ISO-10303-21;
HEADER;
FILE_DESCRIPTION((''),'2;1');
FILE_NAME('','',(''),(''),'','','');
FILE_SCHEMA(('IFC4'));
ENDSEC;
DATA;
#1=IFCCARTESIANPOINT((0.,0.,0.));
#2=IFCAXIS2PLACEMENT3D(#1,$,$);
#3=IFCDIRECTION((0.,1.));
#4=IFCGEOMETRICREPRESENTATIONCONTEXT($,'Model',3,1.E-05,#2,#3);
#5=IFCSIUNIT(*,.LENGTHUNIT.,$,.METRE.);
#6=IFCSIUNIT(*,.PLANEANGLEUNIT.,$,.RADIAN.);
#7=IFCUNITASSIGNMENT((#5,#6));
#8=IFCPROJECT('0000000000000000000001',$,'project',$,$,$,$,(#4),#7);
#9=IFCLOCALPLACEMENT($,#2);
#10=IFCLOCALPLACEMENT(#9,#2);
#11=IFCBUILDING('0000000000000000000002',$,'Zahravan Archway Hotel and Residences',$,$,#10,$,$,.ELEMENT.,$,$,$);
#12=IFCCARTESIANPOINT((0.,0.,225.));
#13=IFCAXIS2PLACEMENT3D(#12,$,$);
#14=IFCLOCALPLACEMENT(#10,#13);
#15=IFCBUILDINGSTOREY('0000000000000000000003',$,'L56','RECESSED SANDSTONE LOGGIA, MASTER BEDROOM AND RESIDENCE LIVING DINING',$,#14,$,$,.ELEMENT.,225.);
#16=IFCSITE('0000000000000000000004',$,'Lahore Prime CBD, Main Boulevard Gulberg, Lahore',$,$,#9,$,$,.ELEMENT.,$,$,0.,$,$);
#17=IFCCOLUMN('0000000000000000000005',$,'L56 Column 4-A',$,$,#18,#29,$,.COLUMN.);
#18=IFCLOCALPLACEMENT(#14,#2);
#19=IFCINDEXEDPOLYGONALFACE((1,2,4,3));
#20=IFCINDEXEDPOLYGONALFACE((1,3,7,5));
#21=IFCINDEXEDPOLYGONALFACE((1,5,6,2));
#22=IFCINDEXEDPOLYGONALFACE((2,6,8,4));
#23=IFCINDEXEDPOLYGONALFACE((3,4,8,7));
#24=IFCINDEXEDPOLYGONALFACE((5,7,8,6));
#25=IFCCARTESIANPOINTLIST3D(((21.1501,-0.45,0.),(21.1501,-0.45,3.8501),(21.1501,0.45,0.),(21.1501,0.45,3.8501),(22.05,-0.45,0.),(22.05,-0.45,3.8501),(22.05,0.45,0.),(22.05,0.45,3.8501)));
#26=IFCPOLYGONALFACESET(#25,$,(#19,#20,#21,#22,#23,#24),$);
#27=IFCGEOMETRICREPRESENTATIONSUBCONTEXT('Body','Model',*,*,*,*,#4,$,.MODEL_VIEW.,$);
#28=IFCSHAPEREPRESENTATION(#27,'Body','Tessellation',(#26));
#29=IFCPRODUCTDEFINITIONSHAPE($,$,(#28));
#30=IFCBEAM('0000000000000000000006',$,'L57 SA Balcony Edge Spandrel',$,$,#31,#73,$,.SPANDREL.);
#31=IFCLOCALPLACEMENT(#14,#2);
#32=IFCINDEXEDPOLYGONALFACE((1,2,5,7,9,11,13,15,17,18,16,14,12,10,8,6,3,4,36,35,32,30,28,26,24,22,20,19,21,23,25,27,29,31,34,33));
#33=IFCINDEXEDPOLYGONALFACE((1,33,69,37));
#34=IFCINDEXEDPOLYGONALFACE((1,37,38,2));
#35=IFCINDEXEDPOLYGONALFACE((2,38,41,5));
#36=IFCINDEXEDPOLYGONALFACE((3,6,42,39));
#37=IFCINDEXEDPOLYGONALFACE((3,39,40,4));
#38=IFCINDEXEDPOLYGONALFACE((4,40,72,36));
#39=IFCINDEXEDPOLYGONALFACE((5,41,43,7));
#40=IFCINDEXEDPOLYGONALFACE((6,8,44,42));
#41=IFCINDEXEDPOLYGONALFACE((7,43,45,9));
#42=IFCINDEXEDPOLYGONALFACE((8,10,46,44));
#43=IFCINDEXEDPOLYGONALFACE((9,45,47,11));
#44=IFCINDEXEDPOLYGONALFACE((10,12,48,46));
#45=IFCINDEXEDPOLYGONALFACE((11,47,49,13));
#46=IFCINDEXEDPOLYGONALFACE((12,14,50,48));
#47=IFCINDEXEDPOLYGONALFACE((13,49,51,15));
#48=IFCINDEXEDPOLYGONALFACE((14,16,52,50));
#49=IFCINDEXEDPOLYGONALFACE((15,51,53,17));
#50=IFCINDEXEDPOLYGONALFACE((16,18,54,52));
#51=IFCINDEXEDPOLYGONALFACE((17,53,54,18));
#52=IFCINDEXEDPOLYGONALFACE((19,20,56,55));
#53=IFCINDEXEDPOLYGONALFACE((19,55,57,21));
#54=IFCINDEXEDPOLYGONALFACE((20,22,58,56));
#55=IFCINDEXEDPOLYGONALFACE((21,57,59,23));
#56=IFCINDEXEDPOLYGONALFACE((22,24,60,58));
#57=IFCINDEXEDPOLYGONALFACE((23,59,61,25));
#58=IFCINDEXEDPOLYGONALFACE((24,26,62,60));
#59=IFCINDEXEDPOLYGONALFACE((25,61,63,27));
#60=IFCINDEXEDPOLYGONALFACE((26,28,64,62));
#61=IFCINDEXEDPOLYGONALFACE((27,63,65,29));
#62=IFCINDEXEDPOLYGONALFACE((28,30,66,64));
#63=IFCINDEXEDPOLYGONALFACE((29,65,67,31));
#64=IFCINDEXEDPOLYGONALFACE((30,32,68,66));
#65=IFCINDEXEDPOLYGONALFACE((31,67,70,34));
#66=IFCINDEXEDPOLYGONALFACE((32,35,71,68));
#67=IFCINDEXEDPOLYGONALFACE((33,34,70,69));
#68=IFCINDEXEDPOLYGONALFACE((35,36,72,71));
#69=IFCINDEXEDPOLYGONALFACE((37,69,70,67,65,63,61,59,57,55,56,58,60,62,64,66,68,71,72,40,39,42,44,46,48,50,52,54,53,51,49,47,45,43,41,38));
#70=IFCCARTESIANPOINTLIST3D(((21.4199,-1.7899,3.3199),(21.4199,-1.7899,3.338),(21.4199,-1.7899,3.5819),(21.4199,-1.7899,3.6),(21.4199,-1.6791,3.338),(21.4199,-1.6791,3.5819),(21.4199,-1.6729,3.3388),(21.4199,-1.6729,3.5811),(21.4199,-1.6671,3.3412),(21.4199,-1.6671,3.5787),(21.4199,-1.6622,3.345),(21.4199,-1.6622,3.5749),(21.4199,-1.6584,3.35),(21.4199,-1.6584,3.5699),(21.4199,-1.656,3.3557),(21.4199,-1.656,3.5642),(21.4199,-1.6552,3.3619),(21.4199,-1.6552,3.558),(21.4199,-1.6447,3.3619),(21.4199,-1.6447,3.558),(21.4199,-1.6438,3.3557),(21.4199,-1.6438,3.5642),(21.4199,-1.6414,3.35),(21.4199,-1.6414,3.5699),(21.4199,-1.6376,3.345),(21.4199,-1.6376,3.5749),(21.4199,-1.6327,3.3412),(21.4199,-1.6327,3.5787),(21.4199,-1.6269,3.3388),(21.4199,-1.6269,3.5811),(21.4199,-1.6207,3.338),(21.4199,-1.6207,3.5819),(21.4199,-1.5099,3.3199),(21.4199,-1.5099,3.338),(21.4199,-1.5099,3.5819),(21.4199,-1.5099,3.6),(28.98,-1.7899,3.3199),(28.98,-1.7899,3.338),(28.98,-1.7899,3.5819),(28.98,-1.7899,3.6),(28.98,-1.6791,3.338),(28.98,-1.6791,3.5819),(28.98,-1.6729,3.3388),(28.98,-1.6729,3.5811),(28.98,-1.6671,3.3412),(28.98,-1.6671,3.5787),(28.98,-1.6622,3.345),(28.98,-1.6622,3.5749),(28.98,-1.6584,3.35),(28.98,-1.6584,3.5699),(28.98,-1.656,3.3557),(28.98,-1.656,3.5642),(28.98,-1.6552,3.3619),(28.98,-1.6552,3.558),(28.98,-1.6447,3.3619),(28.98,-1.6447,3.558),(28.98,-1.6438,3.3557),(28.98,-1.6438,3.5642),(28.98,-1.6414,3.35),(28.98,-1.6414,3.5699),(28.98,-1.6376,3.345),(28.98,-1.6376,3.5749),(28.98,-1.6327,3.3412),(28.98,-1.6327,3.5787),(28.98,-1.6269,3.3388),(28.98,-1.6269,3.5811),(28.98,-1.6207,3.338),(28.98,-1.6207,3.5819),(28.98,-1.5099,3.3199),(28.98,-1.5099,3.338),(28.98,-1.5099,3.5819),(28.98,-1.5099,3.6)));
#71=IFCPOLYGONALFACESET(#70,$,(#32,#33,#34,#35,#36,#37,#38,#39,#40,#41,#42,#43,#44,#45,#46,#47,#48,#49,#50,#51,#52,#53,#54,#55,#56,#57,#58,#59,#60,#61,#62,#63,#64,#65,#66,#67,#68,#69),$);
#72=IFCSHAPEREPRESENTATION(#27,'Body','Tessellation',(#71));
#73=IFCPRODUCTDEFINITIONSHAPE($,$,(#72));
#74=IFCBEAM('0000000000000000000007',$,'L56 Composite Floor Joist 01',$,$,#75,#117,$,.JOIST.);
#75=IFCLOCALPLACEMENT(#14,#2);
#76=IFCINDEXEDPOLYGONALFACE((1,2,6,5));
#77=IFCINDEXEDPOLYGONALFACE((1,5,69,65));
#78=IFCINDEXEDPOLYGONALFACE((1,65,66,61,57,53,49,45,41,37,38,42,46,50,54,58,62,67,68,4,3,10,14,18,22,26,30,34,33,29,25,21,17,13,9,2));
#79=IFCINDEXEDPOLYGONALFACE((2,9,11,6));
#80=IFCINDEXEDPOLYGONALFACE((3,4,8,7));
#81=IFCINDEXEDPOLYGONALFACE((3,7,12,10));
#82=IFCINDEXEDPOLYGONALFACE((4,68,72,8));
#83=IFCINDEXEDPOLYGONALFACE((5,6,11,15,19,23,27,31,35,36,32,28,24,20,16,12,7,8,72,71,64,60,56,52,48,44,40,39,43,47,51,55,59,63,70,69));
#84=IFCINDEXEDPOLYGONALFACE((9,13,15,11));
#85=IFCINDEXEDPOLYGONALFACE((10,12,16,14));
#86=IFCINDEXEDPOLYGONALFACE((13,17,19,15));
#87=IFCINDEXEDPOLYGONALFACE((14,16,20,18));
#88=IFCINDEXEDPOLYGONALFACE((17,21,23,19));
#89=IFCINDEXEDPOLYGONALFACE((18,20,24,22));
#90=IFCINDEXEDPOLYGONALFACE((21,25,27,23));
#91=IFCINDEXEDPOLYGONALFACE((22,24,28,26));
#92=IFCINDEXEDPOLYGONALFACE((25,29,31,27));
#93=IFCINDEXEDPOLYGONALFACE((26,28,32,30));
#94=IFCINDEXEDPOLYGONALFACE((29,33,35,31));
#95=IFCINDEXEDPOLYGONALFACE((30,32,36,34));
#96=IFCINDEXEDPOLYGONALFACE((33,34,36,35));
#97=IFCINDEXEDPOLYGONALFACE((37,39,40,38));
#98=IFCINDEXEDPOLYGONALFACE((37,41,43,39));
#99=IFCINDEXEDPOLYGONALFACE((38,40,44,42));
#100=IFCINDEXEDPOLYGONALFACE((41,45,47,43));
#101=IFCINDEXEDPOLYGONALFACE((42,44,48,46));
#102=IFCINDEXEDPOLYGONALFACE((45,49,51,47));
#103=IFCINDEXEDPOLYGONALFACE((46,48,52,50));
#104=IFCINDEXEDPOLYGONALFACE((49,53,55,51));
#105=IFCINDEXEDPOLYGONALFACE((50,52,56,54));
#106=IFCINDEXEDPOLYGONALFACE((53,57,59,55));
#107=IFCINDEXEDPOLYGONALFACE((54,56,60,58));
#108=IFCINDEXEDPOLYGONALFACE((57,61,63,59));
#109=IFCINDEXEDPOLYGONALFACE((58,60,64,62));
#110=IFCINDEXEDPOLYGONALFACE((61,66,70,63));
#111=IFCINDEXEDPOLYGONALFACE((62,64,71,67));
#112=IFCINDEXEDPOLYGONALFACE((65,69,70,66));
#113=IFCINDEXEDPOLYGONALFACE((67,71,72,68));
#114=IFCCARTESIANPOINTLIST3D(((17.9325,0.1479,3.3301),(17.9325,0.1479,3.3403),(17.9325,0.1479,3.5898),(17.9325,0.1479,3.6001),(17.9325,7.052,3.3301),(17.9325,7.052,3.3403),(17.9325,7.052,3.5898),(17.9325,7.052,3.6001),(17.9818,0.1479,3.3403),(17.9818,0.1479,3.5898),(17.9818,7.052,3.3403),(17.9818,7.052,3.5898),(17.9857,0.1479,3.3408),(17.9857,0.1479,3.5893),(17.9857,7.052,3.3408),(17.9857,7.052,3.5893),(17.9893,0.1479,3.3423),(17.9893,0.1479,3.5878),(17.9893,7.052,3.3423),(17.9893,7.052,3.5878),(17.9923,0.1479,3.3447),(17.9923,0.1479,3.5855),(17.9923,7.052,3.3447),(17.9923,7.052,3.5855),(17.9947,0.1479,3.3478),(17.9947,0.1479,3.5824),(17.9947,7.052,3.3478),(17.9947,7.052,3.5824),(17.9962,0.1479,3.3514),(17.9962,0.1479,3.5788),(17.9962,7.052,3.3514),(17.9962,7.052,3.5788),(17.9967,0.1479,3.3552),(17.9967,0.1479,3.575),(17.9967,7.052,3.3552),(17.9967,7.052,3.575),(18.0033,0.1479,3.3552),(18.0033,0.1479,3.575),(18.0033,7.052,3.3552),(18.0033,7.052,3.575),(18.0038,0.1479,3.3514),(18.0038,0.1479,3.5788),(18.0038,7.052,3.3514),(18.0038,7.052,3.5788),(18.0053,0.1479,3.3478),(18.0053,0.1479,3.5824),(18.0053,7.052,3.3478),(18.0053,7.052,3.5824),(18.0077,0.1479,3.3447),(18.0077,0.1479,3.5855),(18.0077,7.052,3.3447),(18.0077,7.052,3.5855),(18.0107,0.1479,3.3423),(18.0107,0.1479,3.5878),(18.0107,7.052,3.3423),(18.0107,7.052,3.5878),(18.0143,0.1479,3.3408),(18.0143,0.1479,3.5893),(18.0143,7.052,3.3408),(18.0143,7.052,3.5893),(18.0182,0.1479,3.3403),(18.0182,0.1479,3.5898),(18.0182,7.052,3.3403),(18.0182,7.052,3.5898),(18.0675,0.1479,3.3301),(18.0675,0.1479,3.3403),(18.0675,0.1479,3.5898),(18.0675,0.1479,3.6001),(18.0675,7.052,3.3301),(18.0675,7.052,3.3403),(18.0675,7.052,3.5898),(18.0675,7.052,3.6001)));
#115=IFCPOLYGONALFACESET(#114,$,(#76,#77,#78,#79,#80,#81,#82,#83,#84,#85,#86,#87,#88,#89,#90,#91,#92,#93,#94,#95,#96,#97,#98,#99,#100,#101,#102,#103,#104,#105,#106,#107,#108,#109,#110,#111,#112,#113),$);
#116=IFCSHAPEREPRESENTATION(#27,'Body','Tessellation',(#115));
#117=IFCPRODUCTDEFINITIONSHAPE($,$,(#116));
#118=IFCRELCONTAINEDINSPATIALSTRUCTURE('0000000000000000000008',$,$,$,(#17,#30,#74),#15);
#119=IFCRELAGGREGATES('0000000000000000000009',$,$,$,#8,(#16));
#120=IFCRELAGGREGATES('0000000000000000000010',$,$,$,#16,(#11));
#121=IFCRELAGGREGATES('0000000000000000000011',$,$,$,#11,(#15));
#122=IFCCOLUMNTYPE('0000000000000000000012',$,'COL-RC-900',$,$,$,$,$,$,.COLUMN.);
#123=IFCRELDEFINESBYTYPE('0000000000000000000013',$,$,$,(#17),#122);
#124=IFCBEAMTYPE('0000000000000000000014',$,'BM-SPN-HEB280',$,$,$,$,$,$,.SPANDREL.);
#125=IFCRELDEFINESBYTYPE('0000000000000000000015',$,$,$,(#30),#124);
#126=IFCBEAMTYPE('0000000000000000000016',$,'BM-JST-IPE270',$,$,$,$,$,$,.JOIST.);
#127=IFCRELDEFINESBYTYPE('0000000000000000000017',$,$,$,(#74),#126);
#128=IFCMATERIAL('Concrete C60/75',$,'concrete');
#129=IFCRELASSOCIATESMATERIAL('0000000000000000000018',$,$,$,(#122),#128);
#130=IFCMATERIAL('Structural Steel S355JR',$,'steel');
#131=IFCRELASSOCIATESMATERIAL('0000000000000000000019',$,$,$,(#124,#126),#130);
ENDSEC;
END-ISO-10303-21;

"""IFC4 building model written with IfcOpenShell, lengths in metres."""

from ifc_helpers import new_model, si_unit, direction, frame, origin, origin_2d, place, context, subcontext, project, spatial, rectangle, i_section, extrude, source, transform, mapped, material, material_profile, profile_set, type_object, type_shapes, element, save


model = new_model("IFC4")

# Units and contexts
model_context = context("Model", 3, precision=1e-05, world=origin(), true_north=direction((0.0, 1.0)))
body_context = subcontext(model_context, "Body", "Model", "MODEL_VIEW")
ifc_project = project(units=[si_unit("LENGTHUNIT", "METRE"), si_unit("PLANEANGLEUNIT", "RADIAN")], contexts=[model_context])

# Site, building, storey
site_placement = place(None, origin())
site = spatial("IfcSite", under=ifc_project, at=site_placement, Name="Lahore Prime CBD, Main Boulevard Gulberg, Lahore", CompositionType="ELEMENT", RefElevation=0.0)
building_placement = place(site_placement, origin())
building = spatial("IfcBuilding", under=site, at=building_placement, Name="Zahravan Archway Hotel and Residences", CompositionType="ELEMENT")
storey_placement = place(building_placement, frame((0.0, 0.0, 225.0)))
storey = spatial("IfcBuildingStorey", under=building, at=storey_placement, Name="L56", Description="RECESSED SANDSTONE LOGGIA, MASTER BEDROOM AND RESIDENCE LIVING DINING", CompositionType="ELEMENT", Elevation=225.0)

# Column
ifc_material_1 = material(Name="Concrete C60/75", Category="concrete")
ifc_material_profile_1 = material_profile(ifc_material_1, rectangle(XDim=0.8999, YDim=0.8999, at=origin_2d()), Name="RC-COL-900x900", Category="concrete")
ifc_profile_set_1 = profile_set([ifc_material_profile_1], Name="Concrete C60/75")
column_type = type_object("IfcColumnType", Name="COL-RC-900", PredefinedType="COLUMN", material=ifc_profile_set_1)
shared_shape_1 = source(origin(), body_context, "Body", "SweptSolid", [
    extrude(rectangle(XDim=0.8999, YDim=0.8999, at=origin_2d()), origin(), (0.0, 0.0, 1.0), 3.8501),
])
type_shapes(column_type, [shared_shape_1])
column_placement = place(storey_placement, frame((21.6001, 0.0, 0.0), z_axis=(0.0, 0.0, 1.0), x_axis=(1.0, 0.0, 0.0)))
element("IfcColumn", 1, at=column_placement, inside=storey, type_object=column_type, Name="L56 Column 4-A", PredefinedType="COLUMN", context=body_context, shape_type="MappedRepresentation", body=[
    mapped(shared_shape_1, transform((0.0, 0.0, 0.0), scale=1.0)),
])

# Beams
ifc_material_2 = material(Name="Structural Steel S355JR", Category="steel")
ifc_material_profile_2 = material_profile(ifc_material_2, i_section(OverallWidth=0.28, OverallDepth=0.28, WebThickness=0.0105, FlangeThickness=0.0181, FilletRadius=0.0239, at=origin_2d()), Name="HEB 280", Category="steel")
ifc_profile_set_2 = profile_set([ifc_material_profile_2], Name="Structural Steel S355JR")
beam_type_1 = type_object("IfcBeamType", Name="BM-SPN-HEB280", PredefinedType="SPANDREL", material=ifc_profile_set_2)
shared_shape_2 = source(origin(), body_context, "Body", "SweptSolid", [
    extrude(i_section(OverallWidth=0.28, OverallDepth=0.28, WebThickness=0.0105, FlangeThickness=0.0181, FilletRadius=0.0239, at=origin_2d()), origin(), (0.0, 0.0, 1.0), 7.5601),
])
type_shapes(beam_type_1, [shared_shape_2])
beam_1_placement = place(storey_placement, frame((21.4199, -1.6499, 3.46), z_axis=(1.0, 0.0, 0.0), x_axis=(0.0, 1.0, 0.0)))
element("IfcBeam", 2, at=beam_1_placement, inside=storey, type_object=beam_type_1, Name="L57 SA Balcony Edge Spandrel", PredefinedType="SPANDREL", context=body_context, shape_type="MappedRepresentation", body=[
    mapped(shared_shape_2, transform((0.0, 0.0, 0.0), scale=1.0)),
])
ifc_material_profile_3 = material_profile(ifc_material_2, i_section(OverallWidth=0.135, OverallDepth=0.27, WebThickness=0.0066, FlangeThickness=0.0103, FilletRadius=0.0149, at=origin_2d()), Name="IPE 270", Category="steel")
ifc_profile_set_3 = profile_set([ifc_material_profile_3], Name="Structural Steel S355JR")
beam_type_2 = type_object("IfcBeamType", Name="BM-JST-IPE270", PredefinedType="JOIST", material=ifc_profile_set_3)
shared_shape_3 = source(origin(), body_context, "Body", "SweptSolid", [
    extrude(i_section(OverallWidth=0.135, OverallDepth=0.27, WebThickness=0.0066, FlangeThickness=0.0103, FilletRadius=0.0149, at=origin_2d()), origin(), (0.0, 0.0, 1.0), 6.9041),
])
type_shapes(beam_type_2, [shared_shape_3])
beam_2_placement = place(storey_placement, frame((18.0, 0.1479, 3.4651), z_axis=(0.0, 1.0, 0.0), x_axis=(-1.0, 0.0, 0.0)))
element("IfcBeam", 3, at=beam_2_placement, inside=storey, type_object=beam_type_2, Name="L56 Composite Floor Joist 01", PredefinedType="JOIST", context=body_context, shape_type="MappedRepresentation", body=[
    mapped(shared_shape_3, transform((0.0, 0.0, 0.0), scale=1.0)),
])

save(model, "model.ifc")
